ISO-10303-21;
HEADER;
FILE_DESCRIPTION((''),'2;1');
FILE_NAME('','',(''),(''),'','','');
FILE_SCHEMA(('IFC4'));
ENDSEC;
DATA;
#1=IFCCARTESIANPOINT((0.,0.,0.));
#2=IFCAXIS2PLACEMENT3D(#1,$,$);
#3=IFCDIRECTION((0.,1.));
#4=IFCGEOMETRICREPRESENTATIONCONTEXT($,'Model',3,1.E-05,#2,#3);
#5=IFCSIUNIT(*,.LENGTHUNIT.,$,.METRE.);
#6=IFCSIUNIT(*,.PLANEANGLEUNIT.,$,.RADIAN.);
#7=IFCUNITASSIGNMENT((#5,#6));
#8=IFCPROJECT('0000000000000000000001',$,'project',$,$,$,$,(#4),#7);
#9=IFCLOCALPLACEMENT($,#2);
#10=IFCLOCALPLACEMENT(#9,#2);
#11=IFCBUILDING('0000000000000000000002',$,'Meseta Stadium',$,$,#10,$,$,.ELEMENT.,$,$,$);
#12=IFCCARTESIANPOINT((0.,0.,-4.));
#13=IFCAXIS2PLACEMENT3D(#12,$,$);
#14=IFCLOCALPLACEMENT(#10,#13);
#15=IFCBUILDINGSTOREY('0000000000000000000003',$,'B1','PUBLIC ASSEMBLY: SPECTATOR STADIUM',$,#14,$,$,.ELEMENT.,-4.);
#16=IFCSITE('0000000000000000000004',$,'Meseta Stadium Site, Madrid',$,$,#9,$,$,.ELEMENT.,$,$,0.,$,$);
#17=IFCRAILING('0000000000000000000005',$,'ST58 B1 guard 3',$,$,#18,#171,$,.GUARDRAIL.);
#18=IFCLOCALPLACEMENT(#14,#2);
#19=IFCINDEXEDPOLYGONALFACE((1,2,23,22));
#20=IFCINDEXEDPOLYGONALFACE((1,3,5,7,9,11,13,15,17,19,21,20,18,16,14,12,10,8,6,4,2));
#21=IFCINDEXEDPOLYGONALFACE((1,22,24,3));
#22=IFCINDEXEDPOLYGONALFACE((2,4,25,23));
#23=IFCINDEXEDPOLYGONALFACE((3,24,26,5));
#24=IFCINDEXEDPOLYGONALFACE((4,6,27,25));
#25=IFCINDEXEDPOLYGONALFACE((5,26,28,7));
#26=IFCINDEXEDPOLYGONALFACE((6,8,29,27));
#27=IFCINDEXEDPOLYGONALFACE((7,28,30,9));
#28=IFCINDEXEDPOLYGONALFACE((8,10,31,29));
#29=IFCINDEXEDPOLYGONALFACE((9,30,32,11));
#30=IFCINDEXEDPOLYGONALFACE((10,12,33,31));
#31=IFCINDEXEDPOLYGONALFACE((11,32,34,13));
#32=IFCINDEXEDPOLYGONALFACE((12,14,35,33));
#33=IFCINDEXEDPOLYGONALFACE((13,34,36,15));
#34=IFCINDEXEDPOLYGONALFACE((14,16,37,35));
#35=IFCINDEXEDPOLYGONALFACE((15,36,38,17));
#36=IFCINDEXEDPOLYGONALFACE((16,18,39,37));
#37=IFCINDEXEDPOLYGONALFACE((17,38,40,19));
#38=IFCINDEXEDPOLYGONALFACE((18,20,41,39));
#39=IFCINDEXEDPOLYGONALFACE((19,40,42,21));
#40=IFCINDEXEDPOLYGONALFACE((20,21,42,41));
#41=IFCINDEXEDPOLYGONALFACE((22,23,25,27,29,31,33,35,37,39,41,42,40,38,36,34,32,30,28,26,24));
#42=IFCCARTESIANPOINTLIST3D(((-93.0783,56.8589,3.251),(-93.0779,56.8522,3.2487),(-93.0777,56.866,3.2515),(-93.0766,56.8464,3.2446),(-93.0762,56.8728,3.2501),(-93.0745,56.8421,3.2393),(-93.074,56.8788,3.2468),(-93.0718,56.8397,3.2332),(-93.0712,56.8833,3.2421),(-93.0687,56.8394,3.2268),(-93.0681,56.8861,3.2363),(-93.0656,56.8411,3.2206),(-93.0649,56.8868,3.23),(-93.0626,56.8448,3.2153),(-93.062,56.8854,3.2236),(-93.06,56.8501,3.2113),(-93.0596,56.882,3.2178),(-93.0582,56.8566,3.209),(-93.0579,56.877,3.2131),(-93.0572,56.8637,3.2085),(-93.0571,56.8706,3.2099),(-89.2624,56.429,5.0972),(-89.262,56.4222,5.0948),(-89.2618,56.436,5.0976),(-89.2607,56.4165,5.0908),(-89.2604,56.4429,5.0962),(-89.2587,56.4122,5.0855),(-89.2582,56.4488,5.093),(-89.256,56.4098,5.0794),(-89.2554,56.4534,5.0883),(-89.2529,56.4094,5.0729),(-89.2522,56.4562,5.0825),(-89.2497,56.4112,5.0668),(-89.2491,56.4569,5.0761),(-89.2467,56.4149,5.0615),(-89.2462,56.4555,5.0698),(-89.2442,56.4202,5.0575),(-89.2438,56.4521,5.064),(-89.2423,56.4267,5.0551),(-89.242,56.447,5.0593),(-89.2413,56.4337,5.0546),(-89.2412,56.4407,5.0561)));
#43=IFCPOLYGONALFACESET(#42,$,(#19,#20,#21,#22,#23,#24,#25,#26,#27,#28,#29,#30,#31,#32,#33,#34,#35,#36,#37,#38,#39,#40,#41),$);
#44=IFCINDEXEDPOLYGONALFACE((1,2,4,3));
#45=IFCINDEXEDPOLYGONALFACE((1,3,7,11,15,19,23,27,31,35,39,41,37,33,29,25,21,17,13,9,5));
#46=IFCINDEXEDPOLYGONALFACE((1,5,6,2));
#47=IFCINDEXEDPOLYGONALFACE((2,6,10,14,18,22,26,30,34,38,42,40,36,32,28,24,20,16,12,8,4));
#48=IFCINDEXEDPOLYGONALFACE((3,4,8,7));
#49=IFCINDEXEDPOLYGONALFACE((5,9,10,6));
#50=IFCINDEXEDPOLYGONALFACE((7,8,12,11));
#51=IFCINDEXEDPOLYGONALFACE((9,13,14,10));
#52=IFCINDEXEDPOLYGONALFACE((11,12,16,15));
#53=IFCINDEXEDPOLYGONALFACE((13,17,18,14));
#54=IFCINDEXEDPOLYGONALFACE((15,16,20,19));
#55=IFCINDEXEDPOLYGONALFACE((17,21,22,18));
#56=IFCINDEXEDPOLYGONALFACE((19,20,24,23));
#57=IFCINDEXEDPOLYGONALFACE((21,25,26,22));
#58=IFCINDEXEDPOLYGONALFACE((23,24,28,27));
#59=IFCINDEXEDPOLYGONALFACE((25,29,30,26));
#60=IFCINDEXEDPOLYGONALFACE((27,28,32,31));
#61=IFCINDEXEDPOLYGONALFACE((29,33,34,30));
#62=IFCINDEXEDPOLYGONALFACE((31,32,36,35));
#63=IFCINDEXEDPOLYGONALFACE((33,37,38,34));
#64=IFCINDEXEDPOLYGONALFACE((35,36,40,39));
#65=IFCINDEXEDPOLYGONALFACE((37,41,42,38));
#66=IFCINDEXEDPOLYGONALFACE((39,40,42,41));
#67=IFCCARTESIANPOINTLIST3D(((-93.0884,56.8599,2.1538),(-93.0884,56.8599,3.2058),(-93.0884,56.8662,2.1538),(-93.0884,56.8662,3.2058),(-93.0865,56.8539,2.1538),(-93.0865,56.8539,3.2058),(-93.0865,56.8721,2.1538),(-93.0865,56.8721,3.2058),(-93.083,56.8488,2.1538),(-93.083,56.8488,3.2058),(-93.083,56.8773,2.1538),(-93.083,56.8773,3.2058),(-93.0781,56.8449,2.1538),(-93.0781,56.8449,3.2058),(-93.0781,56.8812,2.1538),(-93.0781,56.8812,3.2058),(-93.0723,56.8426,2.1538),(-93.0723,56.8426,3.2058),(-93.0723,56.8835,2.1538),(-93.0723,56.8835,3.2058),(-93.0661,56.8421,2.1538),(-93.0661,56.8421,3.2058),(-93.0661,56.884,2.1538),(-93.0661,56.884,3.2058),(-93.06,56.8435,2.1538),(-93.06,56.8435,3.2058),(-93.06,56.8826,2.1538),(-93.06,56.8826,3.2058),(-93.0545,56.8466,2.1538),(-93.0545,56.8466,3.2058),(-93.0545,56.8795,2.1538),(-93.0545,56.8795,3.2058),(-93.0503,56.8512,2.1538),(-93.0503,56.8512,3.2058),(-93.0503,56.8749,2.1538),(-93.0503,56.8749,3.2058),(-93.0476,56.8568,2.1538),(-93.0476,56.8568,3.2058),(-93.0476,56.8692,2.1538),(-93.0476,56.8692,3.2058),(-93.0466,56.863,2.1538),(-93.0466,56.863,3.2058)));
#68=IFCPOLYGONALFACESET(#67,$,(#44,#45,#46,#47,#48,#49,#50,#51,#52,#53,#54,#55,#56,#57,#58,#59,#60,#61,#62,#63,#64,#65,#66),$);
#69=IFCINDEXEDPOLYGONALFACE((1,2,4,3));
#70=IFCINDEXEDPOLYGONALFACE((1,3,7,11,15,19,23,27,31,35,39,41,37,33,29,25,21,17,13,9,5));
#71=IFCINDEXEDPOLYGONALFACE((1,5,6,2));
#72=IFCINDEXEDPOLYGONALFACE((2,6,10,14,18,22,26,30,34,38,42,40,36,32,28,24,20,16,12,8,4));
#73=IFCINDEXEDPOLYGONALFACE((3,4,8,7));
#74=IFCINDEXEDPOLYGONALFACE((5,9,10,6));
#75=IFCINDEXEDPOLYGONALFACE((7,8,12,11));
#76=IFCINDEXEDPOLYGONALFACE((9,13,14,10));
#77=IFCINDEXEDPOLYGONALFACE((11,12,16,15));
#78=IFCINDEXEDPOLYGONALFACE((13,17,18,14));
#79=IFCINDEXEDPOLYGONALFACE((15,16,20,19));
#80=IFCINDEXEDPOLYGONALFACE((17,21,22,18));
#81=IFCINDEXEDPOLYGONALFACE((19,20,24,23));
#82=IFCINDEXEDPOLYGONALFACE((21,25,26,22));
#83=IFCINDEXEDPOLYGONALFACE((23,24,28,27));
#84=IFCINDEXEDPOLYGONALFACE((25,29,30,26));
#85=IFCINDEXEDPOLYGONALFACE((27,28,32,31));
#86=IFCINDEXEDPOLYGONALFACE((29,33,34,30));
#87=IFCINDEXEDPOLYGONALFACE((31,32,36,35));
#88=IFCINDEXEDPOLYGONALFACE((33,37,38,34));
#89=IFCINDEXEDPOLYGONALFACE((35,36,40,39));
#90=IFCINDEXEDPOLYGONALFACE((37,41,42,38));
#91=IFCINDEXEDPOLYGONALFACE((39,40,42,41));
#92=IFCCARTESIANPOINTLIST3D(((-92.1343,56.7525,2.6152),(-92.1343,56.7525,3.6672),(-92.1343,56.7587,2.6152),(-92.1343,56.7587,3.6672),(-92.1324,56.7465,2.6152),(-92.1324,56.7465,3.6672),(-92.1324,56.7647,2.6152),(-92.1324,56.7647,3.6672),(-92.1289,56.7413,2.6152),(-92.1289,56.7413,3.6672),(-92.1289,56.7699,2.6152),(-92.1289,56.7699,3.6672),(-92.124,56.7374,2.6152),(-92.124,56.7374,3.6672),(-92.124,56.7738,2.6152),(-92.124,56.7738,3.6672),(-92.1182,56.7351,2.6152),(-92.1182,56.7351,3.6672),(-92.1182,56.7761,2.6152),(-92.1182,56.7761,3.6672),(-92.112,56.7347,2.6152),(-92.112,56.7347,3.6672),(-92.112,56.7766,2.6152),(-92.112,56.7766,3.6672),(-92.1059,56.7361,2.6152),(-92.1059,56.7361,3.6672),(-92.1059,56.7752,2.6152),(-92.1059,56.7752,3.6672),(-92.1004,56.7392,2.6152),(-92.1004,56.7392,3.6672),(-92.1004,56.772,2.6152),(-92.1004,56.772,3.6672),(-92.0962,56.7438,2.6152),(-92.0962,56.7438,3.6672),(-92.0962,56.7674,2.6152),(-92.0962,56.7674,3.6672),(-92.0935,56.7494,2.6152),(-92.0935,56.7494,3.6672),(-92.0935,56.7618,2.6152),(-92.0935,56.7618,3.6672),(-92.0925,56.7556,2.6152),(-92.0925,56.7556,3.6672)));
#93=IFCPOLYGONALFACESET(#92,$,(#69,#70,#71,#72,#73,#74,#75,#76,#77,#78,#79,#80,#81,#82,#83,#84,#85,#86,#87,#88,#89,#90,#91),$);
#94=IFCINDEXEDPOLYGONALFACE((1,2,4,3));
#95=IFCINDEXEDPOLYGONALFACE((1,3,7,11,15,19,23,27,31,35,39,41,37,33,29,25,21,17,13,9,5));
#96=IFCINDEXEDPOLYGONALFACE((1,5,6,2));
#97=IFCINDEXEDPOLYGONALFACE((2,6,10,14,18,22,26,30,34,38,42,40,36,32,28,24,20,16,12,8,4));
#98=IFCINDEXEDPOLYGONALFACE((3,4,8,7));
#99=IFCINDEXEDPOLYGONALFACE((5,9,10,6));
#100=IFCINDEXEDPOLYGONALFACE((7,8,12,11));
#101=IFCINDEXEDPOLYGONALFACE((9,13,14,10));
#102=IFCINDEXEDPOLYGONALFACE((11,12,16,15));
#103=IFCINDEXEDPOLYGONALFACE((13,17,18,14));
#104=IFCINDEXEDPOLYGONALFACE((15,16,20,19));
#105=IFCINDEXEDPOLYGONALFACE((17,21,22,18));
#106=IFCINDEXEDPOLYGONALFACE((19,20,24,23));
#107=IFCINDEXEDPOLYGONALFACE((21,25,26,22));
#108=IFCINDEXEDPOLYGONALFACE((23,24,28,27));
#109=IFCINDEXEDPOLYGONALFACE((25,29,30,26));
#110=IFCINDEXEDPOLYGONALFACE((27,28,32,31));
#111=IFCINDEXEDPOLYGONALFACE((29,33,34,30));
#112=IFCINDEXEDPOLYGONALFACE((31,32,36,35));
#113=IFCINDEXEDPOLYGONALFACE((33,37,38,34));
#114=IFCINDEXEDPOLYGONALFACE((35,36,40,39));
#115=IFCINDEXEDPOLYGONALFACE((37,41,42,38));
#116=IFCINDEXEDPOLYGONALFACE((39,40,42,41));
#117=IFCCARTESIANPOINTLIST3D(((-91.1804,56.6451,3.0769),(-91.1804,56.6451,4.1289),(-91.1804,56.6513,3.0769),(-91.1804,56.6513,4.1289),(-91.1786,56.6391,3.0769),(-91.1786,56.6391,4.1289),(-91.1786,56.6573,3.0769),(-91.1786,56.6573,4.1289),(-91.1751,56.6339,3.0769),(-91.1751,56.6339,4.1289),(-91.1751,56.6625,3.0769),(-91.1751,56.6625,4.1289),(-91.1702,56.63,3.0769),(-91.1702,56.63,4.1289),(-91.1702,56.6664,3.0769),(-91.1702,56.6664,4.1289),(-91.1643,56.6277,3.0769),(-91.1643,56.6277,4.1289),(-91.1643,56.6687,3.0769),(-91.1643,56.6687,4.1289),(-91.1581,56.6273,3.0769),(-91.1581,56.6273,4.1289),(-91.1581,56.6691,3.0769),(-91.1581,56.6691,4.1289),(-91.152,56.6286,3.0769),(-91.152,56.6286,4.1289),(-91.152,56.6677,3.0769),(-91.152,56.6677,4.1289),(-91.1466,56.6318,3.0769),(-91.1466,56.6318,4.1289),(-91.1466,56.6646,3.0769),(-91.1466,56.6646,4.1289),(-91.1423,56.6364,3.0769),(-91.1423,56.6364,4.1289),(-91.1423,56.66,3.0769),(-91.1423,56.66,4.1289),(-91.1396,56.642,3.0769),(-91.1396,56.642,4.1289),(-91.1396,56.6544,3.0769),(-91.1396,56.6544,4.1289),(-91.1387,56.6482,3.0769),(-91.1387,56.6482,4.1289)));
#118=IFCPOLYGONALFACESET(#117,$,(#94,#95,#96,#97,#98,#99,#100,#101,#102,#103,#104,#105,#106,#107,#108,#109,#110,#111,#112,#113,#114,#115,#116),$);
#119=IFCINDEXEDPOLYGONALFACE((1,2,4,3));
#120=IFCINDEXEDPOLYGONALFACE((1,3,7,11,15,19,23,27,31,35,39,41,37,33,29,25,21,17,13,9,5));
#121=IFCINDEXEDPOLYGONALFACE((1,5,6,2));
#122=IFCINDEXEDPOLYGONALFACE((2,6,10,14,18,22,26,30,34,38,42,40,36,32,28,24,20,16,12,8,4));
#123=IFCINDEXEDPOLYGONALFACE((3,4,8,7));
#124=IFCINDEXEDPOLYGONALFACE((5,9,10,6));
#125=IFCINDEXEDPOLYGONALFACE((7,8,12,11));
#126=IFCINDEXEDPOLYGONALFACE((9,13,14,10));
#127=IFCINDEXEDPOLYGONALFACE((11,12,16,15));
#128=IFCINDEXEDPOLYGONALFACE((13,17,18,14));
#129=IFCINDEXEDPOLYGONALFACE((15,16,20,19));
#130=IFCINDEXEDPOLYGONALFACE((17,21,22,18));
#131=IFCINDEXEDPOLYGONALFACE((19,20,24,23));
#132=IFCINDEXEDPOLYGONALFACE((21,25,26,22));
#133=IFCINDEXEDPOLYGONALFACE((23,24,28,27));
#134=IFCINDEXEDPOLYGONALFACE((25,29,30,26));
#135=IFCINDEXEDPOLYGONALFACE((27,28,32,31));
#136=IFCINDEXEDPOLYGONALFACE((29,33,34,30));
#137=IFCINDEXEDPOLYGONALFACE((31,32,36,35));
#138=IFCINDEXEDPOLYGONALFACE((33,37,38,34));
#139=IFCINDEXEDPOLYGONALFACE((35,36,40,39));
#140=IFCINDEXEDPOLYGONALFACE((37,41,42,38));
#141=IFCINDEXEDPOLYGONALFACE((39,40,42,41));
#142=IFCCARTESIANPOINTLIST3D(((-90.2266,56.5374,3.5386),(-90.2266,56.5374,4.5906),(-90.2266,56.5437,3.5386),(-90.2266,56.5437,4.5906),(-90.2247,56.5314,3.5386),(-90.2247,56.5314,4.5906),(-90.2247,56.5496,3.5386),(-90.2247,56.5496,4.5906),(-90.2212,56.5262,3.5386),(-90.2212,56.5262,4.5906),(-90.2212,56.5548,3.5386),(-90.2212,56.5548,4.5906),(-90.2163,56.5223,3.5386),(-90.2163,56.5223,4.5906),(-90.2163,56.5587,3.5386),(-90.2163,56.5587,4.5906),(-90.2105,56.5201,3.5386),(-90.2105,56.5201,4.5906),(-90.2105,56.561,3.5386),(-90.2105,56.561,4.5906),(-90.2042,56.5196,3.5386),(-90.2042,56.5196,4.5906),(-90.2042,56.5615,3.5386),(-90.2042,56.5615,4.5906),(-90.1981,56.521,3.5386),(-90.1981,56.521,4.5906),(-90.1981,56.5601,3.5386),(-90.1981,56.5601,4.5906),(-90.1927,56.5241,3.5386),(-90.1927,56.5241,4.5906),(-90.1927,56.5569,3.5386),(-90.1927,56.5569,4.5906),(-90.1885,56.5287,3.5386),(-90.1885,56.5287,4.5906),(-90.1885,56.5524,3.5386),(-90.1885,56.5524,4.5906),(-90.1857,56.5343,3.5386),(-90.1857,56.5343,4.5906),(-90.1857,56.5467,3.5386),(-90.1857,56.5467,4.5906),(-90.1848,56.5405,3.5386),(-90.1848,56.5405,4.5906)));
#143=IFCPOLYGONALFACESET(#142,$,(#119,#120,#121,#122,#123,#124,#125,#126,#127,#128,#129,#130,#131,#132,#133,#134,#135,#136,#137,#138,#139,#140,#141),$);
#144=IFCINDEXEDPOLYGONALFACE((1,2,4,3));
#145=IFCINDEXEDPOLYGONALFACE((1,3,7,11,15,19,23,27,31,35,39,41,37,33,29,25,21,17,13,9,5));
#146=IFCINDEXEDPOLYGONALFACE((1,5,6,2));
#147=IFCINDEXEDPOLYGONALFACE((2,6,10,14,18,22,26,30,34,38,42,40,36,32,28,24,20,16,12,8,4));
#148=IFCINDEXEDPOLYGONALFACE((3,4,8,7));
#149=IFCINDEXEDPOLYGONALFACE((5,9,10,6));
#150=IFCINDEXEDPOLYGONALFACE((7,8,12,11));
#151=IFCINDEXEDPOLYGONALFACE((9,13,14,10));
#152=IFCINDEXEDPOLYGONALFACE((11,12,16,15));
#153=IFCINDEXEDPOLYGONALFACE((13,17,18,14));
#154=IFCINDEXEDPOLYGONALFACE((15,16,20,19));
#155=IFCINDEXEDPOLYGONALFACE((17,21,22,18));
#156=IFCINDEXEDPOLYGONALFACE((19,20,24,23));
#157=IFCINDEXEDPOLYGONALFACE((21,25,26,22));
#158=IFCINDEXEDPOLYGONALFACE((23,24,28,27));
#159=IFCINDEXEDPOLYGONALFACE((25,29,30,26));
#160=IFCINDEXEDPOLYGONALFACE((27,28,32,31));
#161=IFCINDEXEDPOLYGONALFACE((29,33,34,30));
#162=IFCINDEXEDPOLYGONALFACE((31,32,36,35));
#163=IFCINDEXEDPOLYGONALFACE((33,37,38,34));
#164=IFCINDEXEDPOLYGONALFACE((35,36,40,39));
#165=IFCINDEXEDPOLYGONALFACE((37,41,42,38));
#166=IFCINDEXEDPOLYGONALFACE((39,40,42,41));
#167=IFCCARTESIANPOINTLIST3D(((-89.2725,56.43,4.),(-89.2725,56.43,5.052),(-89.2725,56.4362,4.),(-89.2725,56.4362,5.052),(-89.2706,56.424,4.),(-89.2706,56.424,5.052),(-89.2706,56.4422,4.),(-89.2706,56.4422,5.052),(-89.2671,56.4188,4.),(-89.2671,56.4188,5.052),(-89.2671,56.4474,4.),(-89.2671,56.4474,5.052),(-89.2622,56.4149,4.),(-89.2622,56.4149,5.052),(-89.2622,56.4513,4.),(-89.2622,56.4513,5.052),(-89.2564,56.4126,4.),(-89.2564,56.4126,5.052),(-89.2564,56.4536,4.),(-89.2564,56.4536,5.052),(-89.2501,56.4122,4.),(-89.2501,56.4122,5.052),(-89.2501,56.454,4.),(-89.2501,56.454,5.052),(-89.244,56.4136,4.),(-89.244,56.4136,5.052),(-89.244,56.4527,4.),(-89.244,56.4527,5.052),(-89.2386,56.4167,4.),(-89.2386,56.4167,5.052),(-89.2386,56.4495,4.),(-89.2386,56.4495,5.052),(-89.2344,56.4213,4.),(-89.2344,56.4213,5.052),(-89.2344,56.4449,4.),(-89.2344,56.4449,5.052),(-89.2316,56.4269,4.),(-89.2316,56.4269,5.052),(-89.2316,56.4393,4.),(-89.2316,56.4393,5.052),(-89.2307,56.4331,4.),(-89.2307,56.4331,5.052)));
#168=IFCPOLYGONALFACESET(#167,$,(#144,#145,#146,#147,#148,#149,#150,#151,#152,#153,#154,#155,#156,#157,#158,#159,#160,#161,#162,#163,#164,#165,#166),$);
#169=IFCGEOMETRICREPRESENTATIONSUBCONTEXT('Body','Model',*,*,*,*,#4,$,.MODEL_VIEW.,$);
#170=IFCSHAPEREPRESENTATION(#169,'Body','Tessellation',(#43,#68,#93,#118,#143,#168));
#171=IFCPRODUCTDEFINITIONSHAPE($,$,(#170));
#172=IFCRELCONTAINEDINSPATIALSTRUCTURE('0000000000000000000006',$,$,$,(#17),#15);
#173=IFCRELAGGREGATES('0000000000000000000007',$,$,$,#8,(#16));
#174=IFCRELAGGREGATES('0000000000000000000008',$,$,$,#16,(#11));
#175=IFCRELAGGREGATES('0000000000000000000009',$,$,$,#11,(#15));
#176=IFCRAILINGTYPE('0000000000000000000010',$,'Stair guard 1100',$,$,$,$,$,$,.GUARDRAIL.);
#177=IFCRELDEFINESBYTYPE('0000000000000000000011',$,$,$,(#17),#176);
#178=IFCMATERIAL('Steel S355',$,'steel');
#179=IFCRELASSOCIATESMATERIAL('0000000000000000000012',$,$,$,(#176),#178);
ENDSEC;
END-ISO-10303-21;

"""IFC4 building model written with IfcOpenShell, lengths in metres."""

from ifc_helpers import new_model, si_unit, direction, frame, origin, origin_2d, place, context, subcontext, project, spatial, circle, extrude, material, type_object, element, save


model = new_model("IFC4")

# Units and contexts
model_context = context("Model", 3, precision=1e-05, world=origin(), true_north=direction((0.0, 1.0)))
body_context = subcontext(model_context, "Body", "Model", "MODEL_VIEW")
ifc_project = project(units=[si_unit("LENGTHUNIT", "METRE"), si_unit("PLANEANGLEUNIT", "RADIAN")], contexts=[model_context])

# Site, building, storey
site_placement = place(None, origin())
site = spatial("IfcSite", under=ifc_project, at=site_placement, Name="Meseta Stadium Site, Madrid", CompositionType="ELEMENT", RefElevation=0.0)
building_placement = place(site_placement, origin())
building = spatial("IfcBuilding", under=site, at=building_placement, Name="Meseta Stadium", CompositionType="ELEMENT")
storey_placement = place(building_placement, frame((0.0, 0.0, -4.0)))
storey = spatial("IfcBuildingStorey", under=building, at=storey_placement, Name="B1", Description="PUBLIC ASSEMBLY: SPECTATOR STADIUM", CompositionType="ELEMENT", Elevation=-4.0)

# Railing
ifc_material_1 = material(Name="Steel S355", Category="steel")
railing_type_1 = type_object("IfcRailingType", Name="Stair guard 1100", PredefinedType="GUARDRAIL", material=ifc_material_1)
railing_1_placement = place(storey_placement, frame((-93.0676, 56.863, 2.1538)))
element("IfcRailing", 1, at=railing_1_placement, inside=storey, type_object=railing_type_1, Name="ST58 B1 guard 3", PredefinedType="GUARDRAIL", context=body_context, shape_type="SweptSolid", body=[
    extrude(circle(Radius=0.0239, at=origin_2d()), frame((0.0, 0.0, 1.0762), z_axis=(0.895585, -0.100904, 0.433296), x_axis=(0.11196, 0.993713, 0.0)), (0.0, 0.0, 1.0), 4.2607),
    extrude(circle(Radius=0.021, at=origin_2d()), origin(), (0.0, 0.0, 1.0), 1.052),
    extrude(circle(Radius=0.021, at=origin_2d()), frame((0.9541, -0.1074, 0.4614)), (0.0, 0.0, 1.0), 1.052),
    extrude(circle(Radius=0.021, at=origin_2d()), frame((1.908, -0.2148, 0.9231)), (0.0, 0.0, 1.0), 1.052),
    extrude(circle(Radius=0.021, at=origin_2d()), frame((2.8618, -0.3225, 1.3848)), (0.0, 0.0, 1.0), 1.052),
    extrude(circle(Radius=0.021, at=origin_2d()), frame((3.8159, -0.4299, 1.8462)), (0.0, 0.0, 1.0), 1.052),
])

save(model, "model.ifc")
